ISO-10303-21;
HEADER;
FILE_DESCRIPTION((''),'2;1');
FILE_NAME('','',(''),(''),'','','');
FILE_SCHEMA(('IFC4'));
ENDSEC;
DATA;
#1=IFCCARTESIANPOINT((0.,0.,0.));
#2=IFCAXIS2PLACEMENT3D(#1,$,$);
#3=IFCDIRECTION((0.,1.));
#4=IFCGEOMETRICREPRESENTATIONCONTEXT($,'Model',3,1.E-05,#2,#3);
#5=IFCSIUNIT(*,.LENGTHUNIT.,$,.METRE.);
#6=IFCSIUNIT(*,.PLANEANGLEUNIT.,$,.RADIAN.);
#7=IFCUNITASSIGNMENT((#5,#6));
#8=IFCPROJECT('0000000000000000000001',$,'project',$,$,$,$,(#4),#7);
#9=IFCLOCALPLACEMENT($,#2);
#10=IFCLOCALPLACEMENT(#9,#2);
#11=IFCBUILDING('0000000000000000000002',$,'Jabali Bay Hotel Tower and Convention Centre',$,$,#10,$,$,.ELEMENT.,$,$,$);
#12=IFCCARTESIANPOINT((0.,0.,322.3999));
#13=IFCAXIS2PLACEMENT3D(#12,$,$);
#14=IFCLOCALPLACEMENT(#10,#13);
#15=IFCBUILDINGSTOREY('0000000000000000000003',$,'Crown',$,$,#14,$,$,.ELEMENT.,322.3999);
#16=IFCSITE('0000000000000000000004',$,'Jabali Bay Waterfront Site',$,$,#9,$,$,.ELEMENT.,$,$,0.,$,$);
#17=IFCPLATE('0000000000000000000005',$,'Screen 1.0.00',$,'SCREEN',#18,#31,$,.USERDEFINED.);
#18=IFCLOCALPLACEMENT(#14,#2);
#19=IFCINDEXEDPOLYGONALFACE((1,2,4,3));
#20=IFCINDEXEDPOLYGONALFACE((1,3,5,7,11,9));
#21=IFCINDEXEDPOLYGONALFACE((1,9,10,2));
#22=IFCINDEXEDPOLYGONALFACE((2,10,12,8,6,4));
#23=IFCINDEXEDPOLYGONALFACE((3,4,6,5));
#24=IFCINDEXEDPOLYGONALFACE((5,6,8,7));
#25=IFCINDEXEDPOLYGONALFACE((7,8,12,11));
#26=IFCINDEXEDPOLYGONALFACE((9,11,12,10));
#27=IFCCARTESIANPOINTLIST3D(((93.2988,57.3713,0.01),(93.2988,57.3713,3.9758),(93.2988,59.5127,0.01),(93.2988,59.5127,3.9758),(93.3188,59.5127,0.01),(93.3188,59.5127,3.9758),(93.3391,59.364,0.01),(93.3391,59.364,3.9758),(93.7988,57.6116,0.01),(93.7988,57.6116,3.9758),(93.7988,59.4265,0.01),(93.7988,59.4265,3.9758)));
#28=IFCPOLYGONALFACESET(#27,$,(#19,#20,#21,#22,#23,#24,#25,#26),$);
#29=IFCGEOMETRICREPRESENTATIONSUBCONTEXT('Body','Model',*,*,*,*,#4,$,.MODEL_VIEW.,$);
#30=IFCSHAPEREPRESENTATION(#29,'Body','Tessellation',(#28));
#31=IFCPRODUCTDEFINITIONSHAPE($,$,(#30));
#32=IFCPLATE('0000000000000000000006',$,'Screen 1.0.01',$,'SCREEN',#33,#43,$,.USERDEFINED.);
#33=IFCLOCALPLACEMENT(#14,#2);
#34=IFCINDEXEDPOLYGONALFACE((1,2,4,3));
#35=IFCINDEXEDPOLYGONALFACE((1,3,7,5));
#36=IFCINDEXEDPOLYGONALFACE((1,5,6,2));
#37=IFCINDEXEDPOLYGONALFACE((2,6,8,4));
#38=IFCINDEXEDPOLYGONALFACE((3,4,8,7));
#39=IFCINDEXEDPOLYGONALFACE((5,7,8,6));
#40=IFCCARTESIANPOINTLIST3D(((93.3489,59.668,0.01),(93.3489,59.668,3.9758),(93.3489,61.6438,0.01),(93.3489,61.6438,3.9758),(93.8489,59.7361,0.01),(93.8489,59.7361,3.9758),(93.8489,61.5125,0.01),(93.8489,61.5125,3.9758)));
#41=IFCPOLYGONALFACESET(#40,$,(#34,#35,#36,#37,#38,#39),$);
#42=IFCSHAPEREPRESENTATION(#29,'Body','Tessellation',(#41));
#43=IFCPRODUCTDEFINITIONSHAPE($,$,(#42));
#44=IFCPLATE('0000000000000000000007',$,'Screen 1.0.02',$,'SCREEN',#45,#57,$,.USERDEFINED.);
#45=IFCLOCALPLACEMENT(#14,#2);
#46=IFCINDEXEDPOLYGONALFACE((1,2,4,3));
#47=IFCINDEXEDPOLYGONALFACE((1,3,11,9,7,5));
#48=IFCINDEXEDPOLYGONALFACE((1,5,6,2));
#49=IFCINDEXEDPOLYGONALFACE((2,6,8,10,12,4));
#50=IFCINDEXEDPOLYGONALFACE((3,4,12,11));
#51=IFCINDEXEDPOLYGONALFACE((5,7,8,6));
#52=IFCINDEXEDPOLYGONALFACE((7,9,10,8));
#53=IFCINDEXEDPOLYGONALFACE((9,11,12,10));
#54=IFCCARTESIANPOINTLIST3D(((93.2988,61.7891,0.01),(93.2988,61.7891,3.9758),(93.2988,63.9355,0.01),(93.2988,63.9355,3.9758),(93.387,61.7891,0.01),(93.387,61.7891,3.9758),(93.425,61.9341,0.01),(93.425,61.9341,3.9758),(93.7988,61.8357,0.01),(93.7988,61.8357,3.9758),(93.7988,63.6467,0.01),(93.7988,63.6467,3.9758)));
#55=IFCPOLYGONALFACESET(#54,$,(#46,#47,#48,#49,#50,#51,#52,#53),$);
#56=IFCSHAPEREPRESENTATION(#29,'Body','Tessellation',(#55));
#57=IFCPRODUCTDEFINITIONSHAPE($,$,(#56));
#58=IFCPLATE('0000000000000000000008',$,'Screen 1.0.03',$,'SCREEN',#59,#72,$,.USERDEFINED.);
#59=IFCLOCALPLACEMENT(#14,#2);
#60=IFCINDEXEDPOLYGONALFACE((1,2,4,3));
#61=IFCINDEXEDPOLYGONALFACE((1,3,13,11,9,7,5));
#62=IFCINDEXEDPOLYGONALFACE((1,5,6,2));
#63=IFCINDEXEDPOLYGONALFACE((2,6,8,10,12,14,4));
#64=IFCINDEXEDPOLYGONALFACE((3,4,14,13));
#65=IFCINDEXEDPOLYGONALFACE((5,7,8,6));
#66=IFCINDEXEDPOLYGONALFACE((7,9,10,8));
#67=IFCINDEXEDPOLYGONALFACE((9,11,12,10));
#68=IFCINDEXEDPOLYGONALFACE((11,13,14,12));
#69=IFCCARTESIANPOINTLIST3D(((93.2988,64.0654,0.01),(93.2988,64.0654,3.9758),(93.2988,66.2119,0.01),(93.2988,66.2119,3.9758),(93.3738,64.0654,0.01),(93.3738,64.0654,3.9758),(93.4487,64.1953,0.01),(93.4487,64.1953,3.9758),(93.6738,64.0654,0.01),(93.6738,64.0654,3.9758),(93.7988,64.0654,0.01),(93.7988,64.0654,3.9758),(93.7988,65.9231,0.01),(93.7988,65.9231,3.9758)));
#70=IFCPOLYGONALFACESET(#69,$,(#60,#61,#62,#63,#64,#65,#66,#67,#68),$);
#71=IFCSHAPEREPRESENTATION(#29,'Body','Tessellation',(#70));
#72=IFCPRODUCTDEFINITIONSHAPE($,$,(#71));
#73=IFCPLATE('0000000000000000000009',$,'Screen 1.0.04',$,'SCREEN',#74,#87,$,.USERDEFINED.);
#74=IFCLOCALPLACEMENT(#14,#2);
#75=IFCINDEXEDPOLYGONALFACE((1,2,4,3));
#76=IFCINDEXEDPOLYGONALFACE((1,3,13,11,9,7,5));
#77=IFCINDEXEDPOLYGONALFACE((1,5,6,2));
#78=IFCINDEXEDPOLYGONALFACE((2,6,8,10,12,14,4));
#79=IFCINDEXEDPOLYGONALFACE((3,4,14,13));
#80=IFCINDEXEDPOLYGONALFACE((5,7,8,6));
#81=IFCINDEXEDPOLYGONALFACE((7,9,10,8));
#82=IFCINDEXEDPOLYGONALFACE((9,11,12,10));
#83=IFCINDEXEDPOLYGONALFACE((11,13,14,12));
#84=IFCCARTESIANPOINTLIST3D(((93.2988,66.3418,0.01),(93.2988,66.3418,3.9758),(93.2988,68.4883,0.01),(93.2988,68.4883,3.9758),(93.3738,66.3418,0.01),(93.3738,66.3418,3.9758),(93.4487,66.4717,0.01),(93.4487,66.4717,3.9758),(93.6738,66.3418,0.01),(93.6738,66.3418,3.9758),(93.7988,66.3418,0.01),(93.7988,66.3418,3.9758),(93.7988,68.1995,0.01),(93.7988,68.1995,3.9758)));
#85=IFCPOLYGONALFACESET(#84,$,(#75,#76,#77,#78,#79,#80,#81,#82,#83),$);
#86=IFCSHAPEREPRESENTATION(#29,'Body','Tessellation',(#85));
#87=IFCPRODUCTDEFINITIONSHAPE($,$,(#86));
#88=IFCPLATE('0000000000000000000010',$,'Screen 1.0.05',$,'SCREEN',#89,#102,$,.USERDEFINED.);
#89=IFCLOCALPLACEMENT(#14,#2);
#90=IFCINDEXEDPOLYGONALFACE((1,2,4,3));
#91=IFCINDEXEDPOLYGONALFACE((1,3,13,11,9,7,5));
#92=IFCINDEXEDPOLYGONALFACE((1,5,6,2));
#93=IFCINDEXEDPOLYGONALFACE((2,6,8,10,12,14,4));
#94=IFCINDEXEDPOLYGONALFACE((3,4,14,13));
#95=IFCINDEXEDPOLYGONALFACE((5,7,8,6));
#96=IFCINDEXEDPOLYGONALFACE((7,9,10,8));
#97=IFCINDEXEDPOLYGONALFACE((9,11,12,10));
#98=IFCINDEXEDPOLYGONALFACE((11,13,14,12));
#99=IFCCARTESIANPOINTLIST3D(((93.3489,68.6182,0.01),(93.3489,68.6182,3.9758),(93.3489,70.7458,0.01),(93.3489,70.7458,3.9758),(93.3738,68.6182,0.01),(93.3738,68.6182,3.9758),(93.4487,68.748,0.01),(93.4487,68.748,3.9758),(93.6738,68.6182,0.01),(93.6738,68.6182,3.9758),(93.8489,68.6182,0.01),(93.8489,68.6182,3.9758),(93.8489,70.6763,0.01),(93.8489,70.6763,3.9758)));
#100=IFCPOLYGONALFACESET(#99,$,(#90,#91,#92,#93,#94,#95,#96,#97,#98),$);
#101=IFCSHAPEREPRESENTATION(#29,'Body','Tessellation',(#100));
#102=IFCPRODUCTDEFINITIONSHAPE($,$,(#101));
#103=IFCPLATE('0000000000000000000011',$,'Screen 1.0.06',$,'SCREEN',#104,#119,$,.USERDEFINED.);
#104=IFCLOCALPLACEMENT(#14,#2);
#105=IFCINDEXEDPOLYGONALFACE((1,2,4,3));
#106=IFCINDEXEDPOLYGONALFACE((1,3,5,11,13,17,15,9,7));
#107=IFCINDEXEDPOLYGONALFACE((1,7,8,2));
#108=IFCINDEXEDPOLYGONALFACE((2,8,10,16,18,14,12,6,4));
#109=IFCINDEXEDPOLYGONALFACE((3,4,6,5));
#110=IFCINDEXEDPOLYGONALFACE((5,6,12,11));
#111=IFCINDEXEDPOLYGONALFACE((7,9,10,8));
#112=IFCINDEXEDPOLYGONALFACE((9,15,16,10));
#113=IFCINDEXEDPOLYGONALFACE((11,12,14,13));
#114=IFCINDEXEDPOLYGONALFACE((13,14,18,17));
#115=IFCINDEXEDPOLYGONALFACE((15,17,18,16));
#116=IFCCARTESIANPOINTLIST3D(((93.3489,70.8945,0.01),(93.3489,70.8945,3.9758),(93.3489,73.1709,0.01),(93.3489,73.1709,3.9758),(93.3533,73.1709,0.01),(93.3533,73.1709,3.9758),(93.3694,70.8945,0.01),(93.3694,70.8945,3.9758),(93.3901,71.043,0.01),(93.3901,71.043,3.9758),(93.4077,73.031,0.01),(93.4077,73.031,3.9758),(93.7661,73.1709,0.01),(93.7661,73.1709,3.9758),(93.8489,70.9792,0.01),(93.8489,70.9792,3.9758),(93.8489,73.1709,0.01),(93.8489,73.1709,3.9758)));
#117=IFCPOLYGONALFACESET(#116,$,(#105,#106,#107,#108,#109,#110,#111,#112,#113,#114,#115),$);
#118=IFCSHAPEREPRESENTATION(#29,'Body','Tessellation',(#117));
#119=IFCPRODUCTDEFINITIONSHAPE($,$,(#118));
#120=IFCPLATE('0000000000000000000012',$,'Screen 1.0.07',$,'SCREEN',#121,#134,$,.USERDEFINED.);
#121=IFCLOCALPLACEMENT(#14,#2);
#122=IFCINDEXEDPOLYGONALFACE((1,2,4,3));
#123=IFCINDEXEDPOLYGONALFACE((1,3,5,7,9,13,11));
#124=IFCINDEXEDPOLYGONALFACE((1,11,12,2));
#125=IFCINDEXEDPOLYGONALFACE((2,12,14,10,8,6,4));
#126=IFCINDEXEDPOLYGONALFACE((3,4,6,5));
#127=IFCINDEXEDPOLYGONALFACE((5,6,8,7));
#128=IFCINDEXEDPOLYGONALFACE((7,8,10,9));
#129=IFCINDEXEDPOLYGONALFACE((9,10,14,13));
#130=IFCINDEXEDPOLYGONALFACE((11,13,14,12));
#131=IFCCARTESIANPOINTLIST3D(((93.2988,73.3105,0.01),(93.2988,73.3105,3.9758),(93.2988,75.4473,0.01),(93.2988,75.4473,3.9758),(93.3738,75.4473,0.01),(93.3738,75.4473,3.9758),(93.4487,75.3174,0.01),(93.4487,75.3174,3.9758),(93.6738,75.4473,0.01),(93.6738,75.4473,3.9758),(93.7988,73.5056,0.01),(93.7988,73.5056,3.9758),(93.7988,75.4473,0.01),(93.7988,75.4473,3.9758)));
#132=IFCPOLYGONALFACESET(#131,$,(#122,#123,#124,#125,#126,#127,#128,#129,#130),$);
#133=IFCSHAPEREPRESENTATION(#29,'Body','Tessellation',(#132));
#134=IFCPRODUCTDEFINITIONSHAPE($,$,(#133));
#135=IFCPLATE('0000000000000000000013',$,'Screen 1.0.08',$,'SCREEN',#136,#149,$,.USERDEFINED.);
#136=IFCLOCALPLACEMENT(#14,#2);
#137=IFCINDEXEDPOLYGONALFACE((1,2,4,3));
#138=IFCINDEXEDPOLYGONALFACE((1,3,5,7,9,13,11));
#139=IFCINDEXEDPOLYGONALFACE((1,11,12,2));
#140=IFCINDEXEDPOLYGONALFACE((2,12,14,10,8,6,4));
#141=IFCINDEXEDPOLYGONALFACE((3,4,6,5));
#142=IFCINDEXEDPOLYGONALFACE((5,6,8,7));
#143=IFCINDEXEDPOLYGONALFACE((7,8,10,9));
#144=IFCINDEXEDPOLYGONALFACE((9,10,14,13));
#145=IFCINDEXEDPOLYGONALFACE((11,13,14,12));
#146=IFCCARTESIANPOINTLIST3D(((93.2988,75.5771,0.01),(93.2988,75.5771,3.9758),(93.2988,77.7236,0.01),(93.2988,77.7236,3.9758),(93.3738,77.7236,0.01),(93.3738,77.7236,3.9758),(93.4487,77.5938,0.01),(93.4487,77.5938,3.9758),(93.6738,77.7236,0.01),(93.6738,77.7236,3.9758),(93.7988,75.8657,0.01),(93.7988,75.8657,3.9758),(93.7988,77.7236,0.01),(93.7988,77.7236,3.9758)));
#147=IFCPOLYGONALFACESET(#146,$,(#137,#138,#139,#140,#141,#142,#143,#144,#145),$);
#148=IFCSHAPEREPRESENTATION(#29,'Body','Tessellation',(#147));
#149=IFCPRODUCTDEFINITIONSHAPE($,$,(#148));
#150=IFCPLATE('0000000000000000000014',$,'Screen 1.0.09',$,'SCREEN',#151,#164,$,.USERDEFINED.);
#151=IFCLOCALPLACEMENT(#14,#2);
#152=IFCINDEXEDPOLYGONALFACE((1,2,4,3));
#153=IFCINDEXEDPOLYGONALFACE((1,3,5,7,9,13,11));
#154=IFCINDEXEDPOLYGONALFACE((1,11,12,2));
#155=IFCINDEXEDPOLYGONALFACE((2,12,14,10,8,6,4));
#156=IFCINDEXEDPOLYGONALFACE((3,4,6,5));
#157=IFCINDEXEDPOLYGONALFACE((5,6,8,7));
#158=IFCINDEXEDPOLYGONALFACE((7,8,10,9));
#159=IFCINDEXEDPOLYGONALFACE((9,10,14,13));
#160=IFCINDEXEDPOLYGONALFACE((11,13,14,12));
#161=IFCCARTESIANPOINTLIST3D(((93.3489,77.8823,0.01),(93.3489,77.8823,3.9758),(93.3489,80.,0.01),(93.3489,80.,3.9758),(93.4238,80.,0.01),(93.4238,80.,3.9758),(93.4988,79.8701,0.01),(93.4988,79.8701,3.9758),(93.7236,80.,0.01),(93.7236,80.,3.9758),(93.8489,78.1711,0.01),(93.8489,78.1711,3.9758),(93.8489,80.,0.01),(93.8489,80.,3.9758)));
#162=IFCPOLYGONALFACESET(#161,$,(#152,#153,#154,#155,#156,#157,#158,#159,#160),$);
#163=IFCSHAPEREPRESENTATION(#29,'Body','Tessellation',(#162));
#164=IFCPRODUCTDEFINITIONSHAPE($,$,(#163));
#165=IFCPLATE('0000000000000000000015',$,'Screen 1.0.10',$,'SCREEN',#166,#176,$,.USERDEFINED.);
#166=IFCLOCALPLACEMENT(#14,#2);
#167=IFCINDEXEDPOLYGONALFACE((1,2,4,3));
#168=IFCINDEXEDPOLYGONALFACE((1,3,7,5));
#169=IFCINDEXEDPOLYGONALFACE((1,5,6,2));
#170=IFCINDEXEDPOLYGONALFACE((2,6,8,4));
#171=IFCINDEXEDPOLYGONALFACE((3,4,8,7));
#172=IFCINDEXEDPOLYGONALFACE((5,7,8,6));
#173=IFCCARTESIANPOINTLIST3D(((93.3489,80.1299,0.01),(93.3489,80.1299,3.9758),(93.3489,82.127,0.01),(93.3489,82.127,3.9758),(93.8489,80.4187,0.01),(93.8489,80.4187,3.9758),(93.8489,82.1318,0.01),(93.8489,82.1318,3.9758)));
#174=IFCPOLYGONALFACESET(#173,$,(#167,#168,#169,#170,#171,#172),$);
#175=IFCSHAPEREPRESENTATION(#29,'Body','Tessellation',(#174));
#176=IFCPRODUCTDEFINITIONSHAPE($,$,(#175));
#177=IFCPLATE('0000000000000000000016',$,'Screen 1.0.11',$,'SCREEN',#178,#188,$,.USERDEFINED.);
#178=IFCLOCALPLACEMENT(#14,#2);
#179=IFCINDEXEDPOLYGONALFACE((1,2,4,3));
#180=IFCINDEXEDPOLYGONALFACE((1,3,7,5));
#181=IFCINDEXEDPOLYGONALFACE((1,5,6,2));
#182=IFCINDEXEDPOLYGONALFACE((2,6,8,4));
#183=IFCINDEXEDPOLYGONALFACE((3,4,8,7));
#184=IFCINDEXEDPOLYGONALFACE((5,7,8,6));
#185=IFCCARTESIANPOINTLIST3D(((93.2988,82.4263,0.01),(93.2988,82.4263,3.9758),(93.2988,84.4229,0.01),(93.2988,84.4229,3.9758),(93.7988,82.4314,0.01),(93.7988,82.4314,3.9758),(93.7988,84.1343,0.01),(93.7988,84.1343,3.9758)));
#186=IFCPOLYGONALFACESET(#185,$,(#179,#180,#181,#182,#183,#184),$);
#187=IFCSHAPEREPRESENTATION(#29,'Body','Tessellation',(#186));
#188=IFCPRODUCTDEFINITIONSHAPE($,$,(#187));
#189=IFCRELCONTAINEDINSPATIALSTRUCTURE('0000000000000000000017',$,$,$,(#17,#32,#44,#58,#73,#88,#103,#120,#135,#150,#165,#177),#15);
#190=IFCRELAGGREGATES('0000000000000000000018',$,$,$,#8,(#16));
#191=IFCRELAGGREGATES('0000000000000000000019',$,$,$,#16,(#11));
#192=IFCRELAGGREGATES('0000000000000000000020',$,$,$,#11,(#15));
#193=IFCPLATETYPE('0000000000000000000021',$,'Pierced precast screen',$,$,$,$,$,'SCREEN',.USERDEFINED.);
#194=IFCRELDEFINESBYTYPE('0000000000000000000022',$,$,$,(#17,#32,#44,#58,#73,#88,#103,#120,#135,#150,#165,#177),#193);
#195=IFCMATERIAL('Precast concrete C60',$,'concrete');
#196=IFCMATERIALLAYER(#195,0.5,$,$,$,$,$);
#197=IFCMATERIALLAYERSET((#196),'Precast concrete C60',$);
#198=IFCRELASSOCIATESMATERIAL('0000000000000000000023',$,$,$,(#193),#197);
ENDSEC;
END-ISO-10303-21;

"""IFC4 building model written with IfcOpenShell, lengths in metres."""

from ifc_helpers import new_model, si_unit, direction, frame, origin, place, context, subcontext, project, spatial, polyline, outline, extrude, material, layer, layer_set, type_object, element, save


model = new_model("IFC4")

# Units and contexts
model_context = context("Model", 3, precision=1e-05, world=origin(), true_north=direction((0.0, 1.0)))
body_context = subcontext(model_context, "Body", "Model", "MODEL_VIEW")
ifc_project = project(units=[si_unit("LENGTHUNIT", "METRE"), si_unit("PLANEANGLEUNIT", "RADIAN")], contexts=[model_context])

# Site, building, storey
site_placement = place(None, origin())
site = spatial("IfcSite", under=ifc_project, at=site_placement, Name="Jabali Bay Waterfront Site", CompositionType="ELEMENT", RefElevation=0.0)
building_placement = place(site_placement, origin())
building = spatial("IfcBuilding", under=site, at=building_placement, Name="Jabali Bay Hotel Tower and Convention Centre", CompositionType="ELEMENT")
storey_placement = place(building_placement, frame((0.0, 0.0, 322.3999)))
storey = spatial("IfcBuildingStorey", under=building, at=storey_placement, Name="Crown", CompositionType="ELEMENT", Elevation=322.3999)

# Plates
ifc_material = material(Name="Precast concrete C60", Category="concrete")
ifc_layer = layer(ifc_material, 0.5)
ifc_layer_set = layer_set([ifc_layer], Name="Precast concrete C60")
plate_type = type_object("IfcPlateType", Name="Pierced precast screen", ElementType="SCREEN", PredefinedType="USERDEFINED", material=ifc_layer_set)
plate_1_placement = place(storey_placement, frame((0.0, 0.0, 0.01)))
element("IfcPlate", 1, at=plate_1_placement, inside=storey, type_object=plate_type, Name="Screen 1.0.00", ObjectType="SCREEN", PredefinedType="USERDEFINED", context=body_context, shape_type="SweptSolid", body=[
    extrude(outline(polyline([(93.2988, 59.5127), (93.2988, 57.3713), (93.7988, 57.6116), (93.7988, 59.4265), (93.3391, 59.364), (93.3188, 59.5127), (93.2988, 59.5127)])), origin(), (0.0, 0.0, 1.0), 3.9658),
])
plate_2_placement = place(storey_placement, frame((0.0, 0.0, 0.01)))
element("IfcPlate", 2, at=plate_2_placement, inside=storey, type_object=plate_type, Name="Screen 1.0.01", ObjectType="SCREEN", PredefinedType="USERDEFINED", context=body_context, shape_type="SweptSolid", body=[
    extrude(outline(polyline([(93.3489, 61.6438), (93.3489, 59.668), (93.8489, 59.7361), (93.8489, 61.5125), (93.3489, 61.6438)])), origin(), (0.0, 0.0, 1.0), 3.9658),
])
plate_3_placement = place(storey_placement, frame((0.0, 0.0, 0.01)))
element("IfcPlate", 3, at=plate_3_placement, inside=storey, type_object=plate_type, Name="Screen 1.0.02", ObjectType="SCREEN", PredefinedType="USERDEFINED", context=body_context, shape_type="SweptSolid", body=[
    extrude(outline(polyline([(93.2988, 63.9355), (93.2988, 61.7891), (93.387, 61.7891), (93.425, 61.9341), (93.7988, 61.8357), (93.7988, 63.6467), (93.2988, 63.9355)])), origin(), (0.0, 0.0, 1.0), 3.9658),
])
plate_4_placement = place(storey_placement, frame((0.0, 0.0, 0.01)))
element("IfcPlate", 4, at=plate_4_placement, inside=storey, type_object=plate_type, Name="Screen 1.0.03", ObjectType="SCREEN", PredefinedType="USERDEFINED", context=body_context, shape_type="SweptSolid", body=[
    extrude(outline(polyline([(93.2988, 66.2119), (93.2988, 64.0654), (93.3738, 64.0654), (93.4487, 64.1953), (93.6738, 64.0654), (93.7988, 64.0654), (93.7988, 65.9231), (93.2988, 66.2119)])), origin(), (0.0, 0.0, 1.0), 3.9658),
])
plate_5_placement = place(storey_placement, frame((0.0, 0.0, 0.01)))
element("IfcPlate", 5, at=plate_5_placement, inside=storey, type_object=plate_type, Name="Screen 1.0.04", ObjectType="SCREEN", PredefinedType="USERDEFINED", context=body_context, shape_type="SweptSolid", body=[
    extrude(outline(polyline([(93.2988, 68.4883), (93.2988, 66.3418), (93.3738, 66.3418), (93.4487, 66.4717), (93.6738, 66.3418), (93.7988, 66.3418), (93.7988, 68.1995), (93.2988, 68.4883)])), origin(), (0.0, 0.0, 1.0), 3.9658),
])
plate_6_placement = place(storey_placement, frame((0.0, 0.0, 0.01)))
element("IfcPlate", 6, at=plate_6_placement, inside=storey, type_object=plate_type, Name="Screen 1.0.05", ObjectType="SCREEN", PredefinedType="USERDEFINED", context=body_context, shape_type="SweptSolid", body=[
    extrude(outline(polyline([(93.3489, 70.7458), (93.3489, 68.6182), (93.3738, 68.6182), (93.4487, 68.748), (93.6738, 68.6182), (93.8489, 68.6182), (93.8489, 70.6763), (93.3489, 70.7458)])), origin(), (0.0, 0.0, 1.0), 3.9658),
])
plate_7_placement = place(storey_placement, frame((0.0, 0.0, 0.01)))
element("IfcPlate", 7, at=plate_7_placement, inside=storey, type_object=plate_type, Name="Screen 1.0.06", ObjectType="SCREEN", PredefinedType="USERDEFINED", context=body_context, shape_type="SweptSolid", body=[
    extrude(outline(polyline([(93.3489, 73.1709), (93.3489, 70.8945), (93.3694, 70.8945), (93.3901, 71.043), (93.8489, 70.9792), (93.8489, 73.1709), (93.7661, 73.1709), (93.4077, 73.031), (93.3533, 73.1709), (93.3489, 73.1709)])), origin(), (0.0, 0.0, 1.0), 3.9658),
])
plate_8_placement = place(storey_placement, frame((0.0, 0.0, 0.01)))
element("IfcPlate", 8, at=plate_8_placement, inside=storey, type_object=plate_type, Name="Screen 1.0.07", ObjectType="SCREEN", PredefinedType="USERDEFINED", context=body_context, shape_type="SweptSolid", body=[
    extrude(outline(polyline([(93.2988, 75.4473), (93.2988, 73.3105), (93.7988, 73.5056), (93.7988, 75.4473), (93.6738, 75.4473), (93.4487, 75.3174), (93.3738, 75.4473), (93.2988, 75.4473)])), origin(), (0.0, 0.0, 1.0), 3.9658),
])
plate_9_placement = place(storey_placement, frame((0.0, 0.0, 0.01)))
element("IfcPlate", 9, at=plate_9_placement, inside=storey, type_object=plate_type, Name="Screen 1.0.08", ObjectType="SCREEN", PredefinedType="USERDEFINED", context=body_context, shape_type="SweptSolid", body=[
    extrude(outline(polyline([(93.2988, 77.7236), (93.2988, 75.5771), (93.7988, 75.8657), (93.7988, 77.7236), (93.6738, 77.7236), (93.4487, 77.5938), (93.3738, 77.7236), (93.2988, 77.7236)])), origin(), (0.0, 0.0, 1.0), 3.9658),
])
plate_10_placement = place(storey_placement, frame((0.0, 0.0, 0.01)))
element("IfcPlate", 10, at=plate_10_placement, inside=storey, type_object=plate_type, Name="Screen 1.0.09", ObjectType="SCREEN", PredefinedType="USERDEFINED", context=body_context, shape_type="SweptSolid", body=[
    extrude(outline(polyline([(93.3489, 80.0), (93.3489, 77.8823), (93.8489, 78.1711), (93.8489, 80.0), (93.7236, 80.0), (93.4988, 79.8701), (93.4238, 80.0), (93.3489, 80.0)])), origin(), (0.0, 0.0, 1.0), 3.9658),
])
plate_11_placement = place(storey_placement, frame((0.0, 0.0, 0.01)))
element("IfcPlate", 11, at=plate_11_placement, inside=storey, type_object=plate_type, Name="Screen 1.0.10", ObjectType="SCREEN", PredefinedType="USERDEFINED", context=body_context, shape_type="SweptSolid", body=[
    extrude(outline(polyline([(93.3489, 82.127), (93.3489, 80.1299), (93.8489, 80.4187), (93.8489, 82.1318), (93.3489, 82.127)])), origin(), (0.0, 0.0, 1.0), 3.9658),
])
plate_12_placement = place(storey_placement, frame((0.0, 0.0, 0.01)))
element("IfcPlate", 12, at=plate_12_placement, inside=storey, type_object=plate_type, Name="Screen 1.0.11", ObjectType="SCREEN", PredefinedType="USERDEFINED", context=body_context, shape_type="SweptSolid", body=[
    extrude(outline(polyline([(93.2988, 84.4229), (93.2988, 82.4263), (93.7988, 82.4314), (93.7988, 84.1343), (93.2988, 84.4229)])), origin(), (0.0, 0.0, 1.0), 3.9658),
])

save(model, "model.ifc")
